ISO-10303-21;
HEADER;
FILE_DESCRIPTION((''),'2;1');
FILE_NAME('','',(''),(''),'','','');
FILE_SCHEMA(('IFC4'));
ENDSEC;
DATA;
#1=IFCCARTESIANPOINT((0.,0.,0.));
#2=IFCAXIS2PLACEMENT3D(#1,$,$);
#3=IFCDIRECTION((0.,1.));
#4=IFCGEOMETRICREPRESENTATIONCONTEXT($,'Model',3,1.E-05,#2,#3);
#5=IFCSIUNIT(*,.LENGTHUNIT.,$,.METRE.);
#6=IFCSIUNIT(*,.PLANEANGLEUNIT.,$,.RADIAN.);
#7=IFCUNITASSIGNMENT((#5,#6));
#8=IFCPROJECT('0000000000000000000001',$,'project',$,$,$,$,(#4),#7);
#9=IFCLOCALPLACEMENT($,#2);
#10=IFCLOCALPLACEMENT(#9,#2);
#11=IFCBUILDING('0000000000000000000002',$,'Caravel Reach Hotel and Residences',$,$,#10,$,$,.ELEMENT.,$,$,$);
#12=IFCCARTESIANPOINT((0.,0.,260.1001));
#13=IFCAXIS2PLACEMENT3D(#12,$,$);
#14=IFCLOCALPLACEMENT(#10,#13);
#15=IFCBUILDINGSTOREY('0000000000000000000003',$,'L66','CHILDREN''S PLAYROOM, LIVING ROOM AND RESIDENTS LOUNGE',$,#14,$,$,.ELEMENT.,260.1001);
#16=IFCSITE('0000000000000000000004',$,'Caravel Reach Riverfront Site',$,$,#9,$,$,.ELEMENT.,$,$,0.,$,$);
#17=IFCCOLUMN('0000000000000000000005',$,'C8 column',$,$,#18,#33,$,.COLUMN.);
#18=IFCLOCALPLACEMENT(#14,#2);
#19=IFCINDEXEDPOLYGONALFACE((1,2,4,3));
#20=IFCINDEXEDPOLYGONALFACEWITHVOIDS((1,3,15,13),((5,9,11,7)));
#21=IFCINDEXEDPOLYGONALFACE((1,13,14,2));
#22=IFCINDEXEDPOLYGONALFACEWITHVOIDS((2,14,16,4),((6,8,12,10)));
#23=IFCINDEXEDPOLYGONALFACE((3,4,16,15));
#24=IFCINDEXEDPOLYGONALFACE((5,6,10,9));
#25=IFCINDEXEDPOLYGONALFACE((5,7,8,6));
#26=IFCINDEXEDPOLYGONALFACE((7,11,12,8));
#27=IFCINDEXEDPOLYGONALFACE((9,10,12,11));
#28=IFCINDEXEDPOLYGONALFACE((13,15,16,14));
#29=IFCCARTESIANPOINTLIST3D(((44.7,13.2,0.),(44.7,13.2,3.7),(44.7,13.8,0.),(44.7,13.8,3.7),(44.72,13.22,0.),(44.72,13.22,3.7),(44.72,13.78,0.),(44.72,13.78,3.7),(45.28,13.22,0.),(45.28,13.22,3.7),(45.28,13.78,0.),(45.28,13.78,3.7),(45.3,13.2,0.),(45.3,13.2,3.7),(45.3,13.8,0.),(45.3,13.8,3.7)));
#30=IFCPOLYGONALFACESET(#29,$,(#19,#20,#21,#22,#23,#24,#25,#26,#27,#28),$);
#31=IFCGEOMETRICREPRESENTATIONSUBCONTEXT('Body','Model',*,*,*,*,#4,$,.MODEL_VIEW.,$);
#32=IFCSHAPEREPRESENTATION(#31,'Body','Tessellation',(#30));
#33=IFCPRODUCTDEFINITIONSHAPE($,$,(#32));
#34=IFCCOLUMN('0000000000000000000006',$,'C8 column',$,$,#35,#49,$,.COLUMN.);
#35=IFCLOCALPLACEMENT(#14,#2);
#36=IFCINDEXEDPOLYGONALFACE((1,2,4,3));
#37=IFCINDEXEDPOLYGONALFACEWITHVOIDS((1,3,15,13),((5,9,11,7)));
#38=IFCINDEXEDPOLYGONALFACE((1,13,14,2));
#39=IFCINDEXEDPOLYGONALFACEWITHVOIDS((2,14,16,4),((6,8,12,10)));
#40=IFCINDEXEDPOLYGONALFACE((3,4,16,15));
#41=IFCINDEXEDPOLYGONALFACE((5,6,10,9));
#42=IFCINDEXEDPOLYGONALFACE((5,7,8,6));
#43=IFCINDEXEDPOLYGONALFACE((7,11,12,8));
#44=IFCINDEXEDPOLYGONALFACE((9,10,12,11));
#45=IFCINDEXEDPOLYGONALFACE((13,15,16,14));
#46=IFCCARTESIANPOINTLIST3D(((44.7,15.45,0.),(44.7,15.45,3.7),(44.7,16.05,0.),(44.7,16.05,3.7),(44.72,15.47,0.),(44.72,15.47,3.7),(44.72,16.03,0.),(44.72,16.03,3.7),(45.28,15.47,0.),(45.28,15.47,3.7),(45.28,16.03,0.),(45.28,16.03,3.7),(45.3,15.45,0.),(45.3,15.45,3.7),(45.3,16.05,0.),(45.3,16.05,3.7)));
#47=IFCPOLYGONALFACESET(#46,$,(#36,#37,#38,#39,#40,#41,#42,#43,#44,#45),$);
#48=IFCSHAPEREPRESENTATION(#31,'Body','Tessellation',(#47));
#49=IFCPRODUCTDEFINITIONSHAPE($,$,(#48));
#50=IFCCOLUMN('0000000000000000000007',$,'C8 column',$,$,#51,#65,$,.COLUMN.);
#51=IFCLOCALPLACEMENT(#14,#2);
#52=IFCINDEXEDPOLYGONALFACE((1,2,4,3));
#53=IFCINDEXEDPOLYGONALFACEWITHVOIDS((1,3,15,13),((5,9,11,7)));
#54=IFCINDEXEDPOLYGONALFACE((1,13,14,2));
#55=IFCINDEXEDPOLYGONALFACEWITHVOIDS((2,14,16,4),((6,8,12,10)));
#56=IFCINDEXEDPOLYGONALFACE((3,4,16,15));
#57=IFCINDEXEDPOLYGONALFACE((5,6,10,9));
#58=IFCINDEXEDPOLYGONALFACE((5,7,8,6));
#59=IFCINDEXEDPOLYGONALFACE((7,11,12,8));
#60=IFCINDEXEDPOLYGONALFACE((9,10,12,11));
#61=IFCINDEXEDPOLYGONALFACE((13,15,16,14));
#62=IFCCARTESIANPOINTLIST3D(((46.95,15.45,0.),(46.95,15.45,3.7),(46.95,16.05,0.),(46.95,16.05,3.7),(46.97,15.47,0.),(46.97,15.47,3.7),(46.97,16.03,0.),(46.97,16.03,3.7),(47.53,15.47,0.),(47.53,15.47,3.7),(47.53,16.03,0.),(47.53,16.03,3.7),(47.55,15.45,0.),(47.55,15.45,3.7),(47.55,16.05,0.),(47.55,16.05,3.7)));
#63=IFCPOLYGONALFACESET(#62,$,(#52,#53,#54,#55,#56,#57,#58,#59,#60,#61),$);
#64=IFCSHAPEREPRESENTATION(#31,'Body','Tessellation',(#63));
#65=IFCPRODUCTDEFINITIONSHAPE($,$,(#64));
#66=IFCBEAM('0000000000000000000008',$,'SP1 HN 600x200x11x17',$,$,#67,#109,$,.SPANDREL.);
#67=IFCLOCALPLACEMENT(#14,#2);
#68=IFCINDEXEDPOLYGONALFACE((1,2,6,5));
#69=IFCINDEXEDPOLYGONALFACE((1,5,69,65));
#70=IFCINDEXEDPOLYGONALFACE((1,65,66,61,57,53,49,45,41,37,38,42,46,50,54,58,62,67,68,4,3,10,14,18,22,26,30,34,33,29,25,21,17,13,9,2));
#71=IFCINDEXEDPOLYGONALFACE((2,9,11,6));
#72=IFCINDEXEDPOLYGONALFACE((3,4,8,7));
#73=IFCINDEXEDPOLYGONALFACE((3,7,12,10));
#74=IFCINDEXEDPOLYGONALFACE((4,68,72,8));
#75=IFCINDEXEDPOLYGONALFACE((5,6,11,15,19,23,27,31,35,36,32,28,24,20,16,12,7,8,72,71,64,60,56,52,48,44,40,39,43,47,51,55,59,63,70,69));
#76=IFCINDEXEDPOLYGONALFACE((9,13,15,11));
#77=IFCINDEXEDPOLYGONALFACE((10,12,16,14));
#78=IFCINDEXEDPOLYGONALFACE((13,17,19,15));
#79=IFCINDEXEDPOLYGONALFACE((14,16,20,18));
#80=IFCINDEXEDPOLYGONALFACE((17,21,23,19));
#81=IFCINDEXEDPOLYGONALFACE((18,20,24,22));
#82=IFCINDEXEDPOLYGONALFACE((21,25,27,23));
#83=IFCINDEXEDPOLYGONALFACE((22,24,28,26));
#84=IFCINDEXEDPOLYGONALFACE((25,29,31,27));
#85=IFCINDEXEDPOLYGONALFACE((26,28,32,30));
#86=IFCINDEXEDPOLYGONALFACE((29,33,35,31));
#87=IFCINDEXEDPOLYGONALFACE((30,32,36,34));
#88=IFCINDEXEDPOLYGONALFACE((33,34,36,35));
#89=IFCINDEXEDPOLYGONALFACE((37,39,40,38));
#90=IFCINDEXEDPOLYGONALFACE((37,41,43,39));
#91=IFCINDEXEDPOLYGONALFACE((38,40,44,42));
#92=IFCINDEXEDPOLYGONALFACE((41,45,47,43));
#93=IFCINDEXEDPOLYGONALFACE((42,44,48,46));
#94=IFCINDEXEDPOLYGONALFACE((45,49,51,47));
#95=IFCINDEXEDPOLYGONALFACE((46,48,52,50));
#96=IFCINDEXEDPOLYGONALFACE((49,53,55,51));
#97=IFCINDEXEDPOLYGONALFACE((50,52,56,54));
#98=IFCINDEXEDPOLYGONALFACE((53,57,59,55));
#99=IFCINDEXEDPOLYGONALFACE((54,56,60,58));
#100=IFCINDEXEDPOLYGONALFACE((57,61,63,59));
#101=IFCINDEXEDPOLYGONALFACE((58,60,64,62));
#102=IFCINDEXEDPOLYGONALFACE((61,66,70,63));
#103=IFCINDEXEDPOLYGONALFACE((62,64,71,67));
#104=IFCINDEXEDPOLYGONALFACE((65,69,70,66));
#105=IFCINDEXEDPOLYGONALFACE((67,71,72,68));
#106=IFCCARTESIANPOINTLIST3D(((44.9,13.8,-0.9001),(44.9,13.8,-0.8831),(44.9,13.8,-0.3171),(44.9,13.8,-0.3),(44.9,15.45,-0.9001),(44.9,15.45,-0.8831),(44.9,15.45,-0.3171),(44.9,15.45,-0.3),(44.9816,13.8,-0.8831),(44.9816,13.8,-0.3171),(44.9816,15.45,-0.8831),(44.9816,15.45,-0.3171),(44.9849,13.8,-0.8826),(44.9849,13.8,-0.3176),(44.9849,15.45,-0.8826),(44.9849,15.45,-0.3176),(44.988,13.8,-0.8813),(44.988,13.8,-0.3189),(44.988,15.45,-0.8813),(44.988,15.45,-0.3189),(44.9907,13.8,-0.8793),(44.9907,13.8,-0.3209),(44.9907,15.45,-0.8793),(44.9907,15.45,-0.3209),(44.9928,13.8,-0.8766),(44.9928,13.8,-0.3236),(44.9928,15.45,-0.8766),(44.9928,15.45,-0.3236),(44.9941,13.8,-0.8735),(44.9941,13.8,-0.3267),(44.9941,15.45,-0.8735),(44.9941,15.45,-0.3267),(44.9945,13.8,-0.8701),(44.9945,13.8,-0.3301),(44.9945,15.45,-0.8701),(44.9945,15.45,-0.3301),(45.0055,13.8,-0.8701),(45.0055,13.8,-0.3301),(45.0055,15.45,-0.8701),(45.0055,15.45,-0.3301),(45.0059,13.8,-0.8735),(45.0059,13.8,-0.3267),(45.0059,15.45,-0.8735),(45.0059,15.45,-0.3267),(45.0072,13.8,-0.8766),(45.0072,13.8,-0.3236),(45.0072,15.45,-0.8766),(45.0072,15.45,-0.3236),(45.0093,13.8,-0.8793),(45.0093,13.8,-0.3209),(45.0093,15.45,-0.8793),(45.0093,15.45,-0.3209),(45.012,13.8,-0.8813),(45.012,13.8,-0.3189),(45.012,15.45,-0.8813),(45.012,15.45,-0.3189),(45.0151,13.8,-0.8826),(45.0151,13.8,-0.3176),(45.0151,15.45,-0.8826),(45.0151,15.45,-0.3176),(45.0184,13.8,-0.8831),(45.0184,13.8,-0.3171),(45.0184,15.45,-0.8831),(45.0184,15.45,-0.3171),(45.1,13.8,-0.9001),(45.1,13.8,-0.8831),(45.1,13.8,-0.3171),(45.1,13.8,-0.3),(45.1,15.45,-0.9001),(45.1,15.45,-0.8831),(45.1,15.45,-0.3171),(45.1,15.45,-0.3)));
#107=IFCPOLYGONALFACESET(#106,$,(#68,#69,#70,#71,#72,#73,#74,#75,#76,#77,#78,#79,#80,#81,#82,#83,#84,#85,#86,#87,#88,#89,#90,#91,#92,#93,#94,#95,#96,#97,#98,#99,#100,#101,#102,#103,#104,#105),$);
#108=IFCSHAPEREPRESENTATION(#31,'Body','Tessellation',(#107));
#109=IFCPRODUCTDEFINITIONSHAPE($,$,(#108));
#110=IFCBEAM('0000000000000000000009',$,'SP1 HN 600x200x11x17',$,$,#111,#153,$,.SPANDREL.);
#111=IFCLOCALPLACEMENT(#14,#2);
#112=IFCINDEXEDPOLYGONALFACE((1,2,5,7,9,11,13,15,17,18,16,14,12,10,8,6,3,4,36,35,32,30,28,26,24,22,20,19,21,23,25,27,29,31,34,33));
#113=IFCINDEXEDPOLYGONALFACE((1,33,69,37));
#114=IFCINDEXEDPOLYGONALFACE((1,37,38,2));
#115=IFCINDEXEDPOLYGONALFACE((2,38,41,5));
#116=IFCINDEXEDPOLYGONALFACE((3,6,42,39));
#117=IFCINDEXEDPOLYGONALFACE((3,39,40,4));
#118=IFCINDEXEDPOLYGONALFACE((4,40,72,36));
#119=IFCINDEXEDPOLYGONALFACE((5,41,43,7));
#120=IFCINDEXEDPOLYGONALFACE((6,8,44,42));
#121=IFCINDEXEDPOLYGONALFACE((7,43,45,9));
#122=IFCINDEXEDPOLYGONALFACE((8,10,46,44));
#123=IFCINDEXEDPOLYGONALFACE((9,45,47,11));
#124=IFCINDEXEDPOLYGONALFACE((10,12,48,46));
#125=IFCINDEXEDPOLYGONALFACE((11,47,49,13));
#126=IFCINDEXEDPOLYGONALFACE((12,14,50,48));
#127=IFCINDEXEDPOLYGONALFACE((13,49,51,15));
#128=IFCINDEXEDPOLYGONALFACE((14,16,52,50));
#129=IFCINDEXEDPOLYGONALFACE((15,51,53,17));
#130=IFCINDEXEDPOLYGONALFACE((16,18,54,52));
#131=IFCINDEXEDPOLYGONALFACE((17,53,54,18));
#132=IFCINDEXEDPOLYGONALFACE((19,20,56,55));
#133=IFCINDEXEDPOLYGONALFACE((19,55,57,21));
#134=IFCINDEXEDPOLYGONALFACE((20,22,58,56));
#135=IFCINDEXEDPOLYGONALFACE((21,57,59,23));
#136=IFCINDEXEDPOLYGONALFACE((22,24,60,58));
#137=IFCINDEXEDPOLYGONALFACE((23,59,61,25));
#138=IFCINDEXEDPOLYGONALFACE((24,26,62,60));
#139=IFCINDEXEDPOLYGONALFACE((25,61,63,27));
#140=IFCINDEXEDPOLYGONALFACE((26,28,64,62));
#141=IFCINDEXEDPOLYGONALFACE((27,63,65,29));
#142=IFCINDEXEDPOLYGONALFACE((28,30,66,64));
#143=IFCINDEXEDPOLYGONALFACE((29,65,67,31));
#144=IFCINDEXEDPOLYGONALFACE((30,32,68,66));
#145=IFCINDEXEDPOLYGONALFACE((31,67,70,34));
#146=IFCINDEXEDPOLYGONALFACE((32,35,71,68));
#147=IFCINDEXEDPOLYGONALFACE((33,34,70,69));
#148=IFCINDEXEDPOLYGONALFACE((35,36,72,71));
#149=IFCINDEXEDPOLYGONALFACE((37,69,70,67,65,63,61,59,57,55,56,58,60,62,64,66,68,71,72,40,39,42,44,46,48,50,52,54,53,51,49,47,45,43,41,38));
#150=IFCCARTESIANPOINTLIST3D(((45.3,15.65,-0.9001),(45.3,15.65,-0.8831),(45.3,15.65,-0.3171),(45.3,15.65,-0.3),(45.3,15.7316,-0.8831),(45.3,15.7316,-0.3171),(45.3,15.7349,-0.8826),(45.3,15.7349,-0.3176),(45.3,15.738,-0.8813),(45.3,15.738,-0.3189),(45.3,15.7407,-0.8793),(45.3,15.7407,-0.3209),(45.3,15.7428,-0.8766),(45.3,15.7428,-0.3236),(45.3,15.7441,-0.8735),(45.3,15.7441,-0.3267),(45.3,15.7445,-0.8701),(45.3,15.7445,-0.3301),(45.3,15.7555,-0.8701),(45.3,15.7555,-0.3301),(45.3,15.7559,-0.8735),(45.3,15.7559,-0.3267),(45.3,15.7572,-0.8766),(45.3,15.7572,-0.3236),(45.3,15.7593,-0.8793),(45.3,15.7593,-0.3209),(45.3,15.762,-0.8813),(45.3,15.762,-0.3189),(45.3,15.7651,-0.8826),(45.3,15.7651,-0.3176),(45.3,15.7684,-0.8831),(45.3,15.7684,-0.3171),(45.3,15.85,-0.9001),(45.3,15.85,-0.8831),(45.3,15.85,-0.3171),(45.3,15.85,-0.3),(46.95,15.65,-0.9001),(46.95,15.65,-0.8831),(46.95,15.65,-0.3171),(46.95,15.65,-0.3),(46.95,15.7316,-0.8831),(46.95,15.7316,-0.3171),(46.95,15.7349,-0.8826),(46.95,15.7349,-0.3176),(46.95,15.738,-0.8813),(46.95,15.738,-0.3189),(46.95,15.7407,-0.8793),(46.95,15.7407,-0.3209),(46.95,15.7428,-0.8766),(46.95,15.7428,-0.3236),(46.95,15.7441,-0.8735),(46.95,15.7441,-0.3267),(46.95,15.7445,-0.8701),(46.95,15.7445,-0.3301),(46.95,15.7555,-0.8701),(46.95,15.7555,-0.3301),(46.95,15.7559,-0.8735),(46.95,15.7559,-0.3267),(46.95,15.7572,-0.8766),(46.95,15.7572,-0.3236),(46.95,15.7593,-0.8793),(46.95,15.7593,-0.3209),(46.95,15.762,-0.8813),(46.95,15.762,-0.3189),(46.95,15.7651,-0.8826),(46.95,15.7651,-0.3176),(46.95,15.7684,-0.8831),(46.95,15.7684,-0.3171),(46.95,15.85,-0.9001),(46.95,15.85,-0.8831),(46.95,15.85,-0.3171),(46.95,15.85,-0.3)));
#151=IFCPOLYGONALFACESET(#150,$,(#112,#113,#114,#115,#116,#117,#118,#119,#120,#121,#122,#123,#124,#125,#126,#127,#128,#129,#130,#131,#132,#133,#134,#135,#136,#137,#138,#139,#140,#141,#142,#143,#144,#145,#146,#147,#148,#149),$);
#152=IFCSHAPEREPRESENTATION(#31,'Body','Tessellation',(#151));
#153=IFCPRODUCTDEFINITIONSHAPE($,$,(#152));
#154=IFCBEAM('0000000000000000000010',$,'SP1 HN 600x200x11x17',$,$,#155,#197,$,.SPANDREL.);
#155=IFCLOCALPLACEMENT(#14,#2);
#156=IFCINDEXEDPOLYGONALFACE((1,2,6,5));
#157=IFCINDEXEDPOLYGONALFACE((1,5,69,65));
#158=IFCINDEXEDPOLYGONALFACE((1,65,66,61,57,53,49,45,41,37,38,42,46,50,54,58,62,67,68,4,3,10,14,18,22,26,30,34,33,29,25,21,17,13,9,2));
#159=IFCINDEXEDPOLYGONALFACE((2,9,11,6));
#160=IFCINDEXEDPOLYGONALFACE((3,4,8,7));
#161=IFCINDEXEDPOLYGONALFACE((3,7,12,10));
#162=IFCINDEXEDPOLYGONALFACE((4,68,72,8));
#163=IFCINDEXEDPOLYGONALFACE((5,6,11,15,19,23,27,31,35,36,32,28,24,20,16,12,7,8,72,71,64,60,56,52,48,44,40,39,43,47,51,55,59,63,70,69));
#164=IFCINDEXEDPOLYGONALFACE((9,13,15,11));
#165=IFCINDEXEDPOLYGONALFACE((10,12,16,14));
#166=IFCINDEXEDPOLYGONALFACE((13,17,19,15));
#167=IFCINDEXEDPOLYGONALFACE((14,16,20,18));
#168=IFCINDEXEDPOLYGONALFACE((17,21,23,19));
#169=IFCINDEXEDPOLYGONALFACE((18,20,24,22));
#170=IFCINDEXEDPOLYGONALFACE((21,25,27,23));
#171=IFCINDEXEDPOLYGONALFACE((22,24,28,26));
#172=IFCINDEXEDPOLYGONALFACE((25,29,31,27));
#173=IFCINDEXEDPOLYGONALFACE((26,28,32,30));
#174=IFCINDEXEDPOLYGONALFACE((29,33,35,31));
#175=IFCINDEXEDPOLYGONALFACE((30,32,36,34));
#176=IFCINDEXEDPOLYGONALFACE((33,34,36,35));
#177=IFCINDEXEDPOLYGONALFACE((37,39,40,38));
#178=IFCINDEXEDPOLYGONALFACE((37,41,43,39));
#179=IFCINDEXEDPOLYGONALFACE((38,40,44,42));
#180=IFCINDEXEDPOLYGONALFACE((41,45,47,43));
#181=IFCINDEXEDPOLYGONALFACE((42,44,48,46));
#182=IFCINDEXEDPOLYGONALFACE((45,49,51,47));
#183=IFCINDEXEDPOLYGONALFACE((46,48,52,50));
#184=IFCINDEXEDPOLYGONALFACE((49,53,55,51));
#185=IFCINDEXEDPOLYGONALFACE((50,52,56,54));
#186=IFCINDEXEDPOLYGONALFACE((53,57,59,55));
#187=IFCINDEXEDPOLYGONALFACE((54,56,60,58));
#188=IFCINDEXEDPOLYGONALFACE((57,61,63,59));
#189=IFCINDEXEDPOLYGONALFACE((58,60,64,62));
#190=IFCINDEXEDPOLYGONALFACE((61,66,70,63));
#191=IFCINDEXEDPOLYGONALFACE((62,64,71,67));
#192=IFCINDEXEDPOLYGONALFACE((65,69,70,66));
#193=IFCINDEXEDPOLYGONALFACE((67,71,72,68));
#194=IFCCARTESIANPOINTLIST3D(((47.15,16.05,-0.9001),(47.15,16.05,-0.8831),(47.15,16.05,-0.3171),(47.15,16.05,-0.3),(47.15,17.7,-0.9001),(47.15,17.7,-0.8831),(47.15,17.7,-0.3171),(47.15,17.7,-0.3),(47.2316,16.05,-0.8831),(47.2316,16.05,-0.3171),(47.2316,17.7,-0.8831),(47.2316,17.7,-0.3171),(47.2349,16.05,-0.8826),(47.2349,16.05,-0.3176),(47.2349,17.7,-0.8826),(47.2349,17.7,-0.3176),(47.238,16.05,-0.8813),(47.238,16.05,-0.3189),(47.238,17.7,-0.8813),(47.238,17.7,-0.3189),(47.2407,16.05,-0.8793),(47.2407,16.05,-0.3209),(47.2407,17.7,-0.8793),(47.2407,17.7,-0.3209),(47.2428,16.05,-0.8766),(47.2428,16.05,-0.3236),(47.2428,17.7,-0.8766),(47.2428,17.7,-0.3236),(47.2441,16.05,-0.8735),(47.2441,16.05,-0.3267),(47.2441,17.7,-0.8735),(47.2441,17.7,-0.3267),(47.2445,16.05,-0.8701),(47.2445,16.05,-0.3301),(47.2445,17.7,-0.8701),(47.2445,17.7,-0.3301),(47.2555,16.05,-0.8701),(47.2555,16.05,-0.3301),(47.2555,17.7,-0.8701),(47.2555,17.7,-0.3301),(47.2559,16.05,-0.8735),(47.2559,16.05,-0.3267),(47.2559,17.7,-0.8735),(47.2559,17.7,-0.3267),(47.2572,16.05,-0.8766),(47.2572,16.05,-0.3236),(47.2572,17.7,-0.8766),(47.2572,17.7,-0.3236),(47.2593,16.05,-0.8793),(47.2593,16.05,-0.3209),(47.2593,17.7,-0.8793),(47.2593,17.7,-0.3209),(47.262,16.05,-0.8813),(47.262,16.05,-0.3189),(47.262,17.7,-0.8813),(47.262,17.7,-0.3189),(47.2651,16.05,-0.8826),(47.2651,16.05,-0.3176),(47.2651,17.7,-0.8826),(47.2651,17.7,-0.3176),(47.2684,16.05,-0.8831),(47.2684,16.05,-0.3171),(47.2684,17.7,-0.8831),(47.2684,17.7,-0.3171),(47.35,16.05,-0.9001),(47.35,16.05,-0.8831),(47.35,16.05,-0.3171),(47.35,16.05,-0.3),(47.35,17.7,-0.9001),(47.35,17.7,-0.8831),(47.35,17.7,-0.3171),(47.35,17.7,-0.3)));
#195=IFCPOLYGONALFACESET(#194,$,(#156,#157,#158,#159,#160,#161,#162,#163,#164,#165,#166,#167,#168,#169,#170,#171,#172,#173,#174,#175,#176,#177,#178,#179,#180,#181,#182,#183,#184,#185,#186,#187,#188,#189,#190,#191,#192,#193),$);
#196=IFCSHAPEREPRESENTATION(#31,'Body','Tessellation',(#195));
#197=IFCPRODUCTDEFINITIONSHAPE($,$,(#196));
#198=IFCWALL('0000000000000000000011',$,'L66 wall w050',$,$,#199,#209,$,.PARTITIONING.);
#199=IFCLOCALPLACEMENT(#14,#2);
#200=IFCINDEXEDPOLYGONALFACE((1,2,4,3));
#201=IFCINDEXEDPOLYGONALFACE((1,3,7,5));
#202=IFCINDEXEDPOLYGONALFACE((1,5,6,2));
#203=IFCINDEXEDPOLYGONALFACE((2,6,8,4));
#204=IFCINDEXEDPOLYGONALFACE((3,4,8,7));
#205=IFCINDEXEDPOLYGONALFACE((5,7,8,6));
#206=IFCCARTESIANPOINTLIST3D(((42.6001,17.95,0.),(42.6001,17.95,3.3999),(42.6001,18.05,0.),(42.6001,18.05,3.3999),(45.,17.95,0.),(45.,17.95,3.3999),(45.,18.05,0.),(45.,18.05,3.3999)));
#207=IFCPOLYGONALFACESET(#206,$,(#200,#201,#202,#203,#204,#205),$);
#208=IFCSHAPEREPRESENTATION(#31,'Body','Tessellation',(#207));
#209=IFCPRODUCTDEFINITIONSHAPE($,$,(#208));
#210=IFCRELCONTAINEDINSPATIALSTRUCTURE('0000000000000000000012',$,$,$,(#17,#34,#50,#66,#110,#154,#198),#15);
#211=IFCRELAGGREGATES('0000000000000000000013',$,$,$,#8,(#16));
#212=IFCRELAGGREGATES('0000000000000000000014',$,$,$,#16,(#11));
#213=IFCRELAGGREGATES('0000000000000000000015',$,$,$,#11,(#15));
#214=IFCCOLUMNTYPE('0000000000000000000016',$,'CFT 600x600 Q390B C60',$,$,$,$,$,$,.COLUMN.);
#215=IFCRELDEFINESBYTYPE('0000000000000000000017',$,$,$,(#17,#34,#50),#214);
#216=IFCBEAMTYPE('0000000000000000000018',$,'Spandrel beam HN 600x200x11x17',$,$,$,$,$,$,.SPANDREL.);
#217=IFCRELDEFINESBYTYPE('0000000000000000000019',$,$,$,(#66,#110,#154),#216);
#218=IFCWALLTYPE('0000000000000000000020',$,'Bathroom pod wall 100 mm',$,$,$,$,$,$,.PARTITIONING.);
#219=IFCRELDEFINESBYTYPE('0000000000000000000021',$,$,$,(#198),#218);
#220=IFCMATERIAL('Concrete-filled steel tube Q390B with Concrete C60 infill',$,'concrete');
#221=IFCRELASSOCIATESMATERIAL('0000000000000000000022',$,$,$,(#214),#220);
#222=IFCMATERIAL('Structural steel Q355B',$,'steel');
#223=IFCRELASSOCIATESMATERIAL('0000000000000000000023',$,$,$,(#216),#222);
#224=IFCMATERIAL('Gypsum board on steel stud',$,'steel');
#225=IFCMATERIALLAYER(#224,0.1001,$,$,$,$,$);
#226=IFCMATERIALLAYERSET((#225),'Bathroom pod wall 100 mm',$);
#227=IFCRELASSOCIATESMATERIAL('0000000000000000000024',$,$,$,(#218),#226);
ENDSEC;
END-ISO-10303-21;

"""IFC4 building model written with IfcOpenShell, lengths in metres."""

from ifc_helpers import new_model, si_unit, direction, frame, frame_2d, origin, origin_2d, place, context, subcontext, project, spatial, rectangle, hollow_rectangle, i_section, extrude, material, layer, layer_set, material_profile, profile_set, type_object, element, save


model = new_model("IFC4")

# Units and contexts
model_context = context("Model", 3, precision=1e-05, world=origin(), true_north=direction((0.0, 1.0)))
body_context = subcontext(model_context, "Body", "Model", "MODEL_VIEW")
ifc_project = project(units=[si_unit("LENGTHUNIT", "METRE"), si_unit("PLANEANGLEUNIT", "RADIAN")], contexts=[model_context])

# Site, building, storey
site_placement = place(None, origin())
site = spatial("IfcSite", under=ifc_project, at=site_placement, Name="Caravel Reach Riverfront Site", CompositionType="ELEMENT", RefElevation=0.0)
building_placement = place(site_placement, origin())
building = spatial("IfcBuilding", under=site, at=building_placement, Name="Caravel Reach Hotel and Residences", CompositionType="ELEMENT")
storey_placement = place(building_placement, frame((0.0, 0.0, 260.1001)))
storey = spatial("IfcBuildingStorey", under=building, at=storey_placement, Name="L66", Description="CHILDREN'S PLAYROOM, LIVING ROOM AND RESIDENTS LOUNGE", CompositionType="ELEMENT", Elevation=260.1001)

# Columns
ifc_material_1 = material(Name="Concrete-filled steel tube Q390B with Concrete C60 infill", Category="concrete")
ifc_material_profile_1 = material_profile(ifc_material_1, hollow_rectangle(XDim=0.6001, YDim=0.6001, WallThickness=0.02, at=origin_2d()), Name="RHS 600x600x20")
ifc_profile_set_1 = profile_set([ifc_material_profile_1], Name="Concrete-filled steel tube Q390B with Concrete C60 infill")
column_type = type_object("IfcColumnType", Name="CFT 600x600 Q390B C60", PredefinedType="COLUMN", material=ifc_profile_set_1)
for number, where, z_axis, x_axis, name in (
    (1, (45.0, 13.5, 0.0), (0.0, 0.0, 1.0), (1.0, 0.0, 0.0), "C8 column"),
    (2, (45.0, 15.75, 0.0), (0.0, 0.0, 1.0), (1.0, 0.0, 0.0), "C8 column"),
    (3, (47.25, 15.75, 0.0), (0.0, 0.0, 1.0), (1.0, 0.0, 0.0), "C8 column"),
):
    element("IfcColumn", number, at=place(storey_placement, frame(where, z_axis=z_axis, x_axis=x_axis)), inside=storey, type_object=column_type, Name=name, PredefinedType="COLUMN", context=body_context, shape_type="SweptSolid", body=[
        extrude(hollow_rectangle(XDim=0.6001, YDim=0.6001, WallThickness=0.02, at=origin_2d()), origin(), (0.0, 0.0, 1.0), 3.7),
    ])

# Beams
ifc_material_2 = material(Name="Structural steel Q355B", Category="steel")
ifc_material_profile_2 = material_profile(ifc_material_2, i_section(OverallWidth=0.2, OverallDepth=0.6001, WebThickness=0.011, FlangeThickness=0.0171, FilletRadius=0.0129, at=origin_2d()), Name="HN 600x200x11x17")
ifc_profile_set_2 = profile_set([ifc_material_profile_2], Name="Structural steel Q355B")
beam_type = type_object("IfcBeamType", Name="Spandrel beam HN 600x200x11x17", PredefinedType="SPANDREL", material=ifc_profile_set_2)
for number, where, z_axis, x_axis, name in (
    (4, (45.0, 13.8, -0.6001), (0.0, 1.0, 0.0), (-1.0, 0.0, 0.0), "SP1 HN 600x200x11x17"),
    (5, (45.3, 15.75, -0.6001), (1.0, 0.0, 0.0), (0.0, 1.0, 0.0), "SP1 HN 600x200x11x17"),
    (6, (47.25, 16.05, -0.6001), (0.0, 1.0, 0.0), (-1.0, 0.0, 0.0), "SP1 HN 600x200x11x17"),
):
    element("IfcBeam", number, at=place(storey_placement, frame(where, z_axis=z_axis, x_axis=x_axis)), inside=storey, type_object=beam_type, Name=name, PredefinedType="SPANDREL", context=body_context, shape_type="SweptSolid", body=[
        extrude(i_section(OverallWidth=0.2, OverallDepth=0.6001, WebThickness=0.011, FlangeThickness=0.0171, FilletRadius=0.0129, at=origin_2d()), origin(), (0.0, 0.0, 1.0), 1.6499),
    ])

# Wall
ifc_material_3 = material(Name="Gypsum board on steel stud", Category="steel")
ifc_layer_1 = layer(ifc_material_3, 0.1001)
ifc_layer_set_1 = layer_set([ifc_layer_1], Name="Bathroom pod wall 100 mm")
wall_type_1 = type_object("IfcWallType", Name="Bathroom pod wall 100 mm", PredefinedType="PARTITIONING", material=ifc_layer_set_1)
wall_1_placement = place(storey_placement, frame((42.6001, 18.0, 0.0), z_axis=(0.0, 0.0, 1.0), x_axis=(1.0, 0.0, 0.0)))
element("IfcWall", 7, at=wall_1_placement, inside=storey, type_object=wall_type_1, Name="L66 wall w050", PredefinedType="PARTITIONING", context=body_context, shape_type="SweptSolid", body=[
    extrude(rectangle(XDim=2.3999, YDim=0.1001, at=frame_2d((1.2, 0.0))), origin(), (0.0, 0.0, 1.0), 3.3999),
])

save(model, "model.ifc")
